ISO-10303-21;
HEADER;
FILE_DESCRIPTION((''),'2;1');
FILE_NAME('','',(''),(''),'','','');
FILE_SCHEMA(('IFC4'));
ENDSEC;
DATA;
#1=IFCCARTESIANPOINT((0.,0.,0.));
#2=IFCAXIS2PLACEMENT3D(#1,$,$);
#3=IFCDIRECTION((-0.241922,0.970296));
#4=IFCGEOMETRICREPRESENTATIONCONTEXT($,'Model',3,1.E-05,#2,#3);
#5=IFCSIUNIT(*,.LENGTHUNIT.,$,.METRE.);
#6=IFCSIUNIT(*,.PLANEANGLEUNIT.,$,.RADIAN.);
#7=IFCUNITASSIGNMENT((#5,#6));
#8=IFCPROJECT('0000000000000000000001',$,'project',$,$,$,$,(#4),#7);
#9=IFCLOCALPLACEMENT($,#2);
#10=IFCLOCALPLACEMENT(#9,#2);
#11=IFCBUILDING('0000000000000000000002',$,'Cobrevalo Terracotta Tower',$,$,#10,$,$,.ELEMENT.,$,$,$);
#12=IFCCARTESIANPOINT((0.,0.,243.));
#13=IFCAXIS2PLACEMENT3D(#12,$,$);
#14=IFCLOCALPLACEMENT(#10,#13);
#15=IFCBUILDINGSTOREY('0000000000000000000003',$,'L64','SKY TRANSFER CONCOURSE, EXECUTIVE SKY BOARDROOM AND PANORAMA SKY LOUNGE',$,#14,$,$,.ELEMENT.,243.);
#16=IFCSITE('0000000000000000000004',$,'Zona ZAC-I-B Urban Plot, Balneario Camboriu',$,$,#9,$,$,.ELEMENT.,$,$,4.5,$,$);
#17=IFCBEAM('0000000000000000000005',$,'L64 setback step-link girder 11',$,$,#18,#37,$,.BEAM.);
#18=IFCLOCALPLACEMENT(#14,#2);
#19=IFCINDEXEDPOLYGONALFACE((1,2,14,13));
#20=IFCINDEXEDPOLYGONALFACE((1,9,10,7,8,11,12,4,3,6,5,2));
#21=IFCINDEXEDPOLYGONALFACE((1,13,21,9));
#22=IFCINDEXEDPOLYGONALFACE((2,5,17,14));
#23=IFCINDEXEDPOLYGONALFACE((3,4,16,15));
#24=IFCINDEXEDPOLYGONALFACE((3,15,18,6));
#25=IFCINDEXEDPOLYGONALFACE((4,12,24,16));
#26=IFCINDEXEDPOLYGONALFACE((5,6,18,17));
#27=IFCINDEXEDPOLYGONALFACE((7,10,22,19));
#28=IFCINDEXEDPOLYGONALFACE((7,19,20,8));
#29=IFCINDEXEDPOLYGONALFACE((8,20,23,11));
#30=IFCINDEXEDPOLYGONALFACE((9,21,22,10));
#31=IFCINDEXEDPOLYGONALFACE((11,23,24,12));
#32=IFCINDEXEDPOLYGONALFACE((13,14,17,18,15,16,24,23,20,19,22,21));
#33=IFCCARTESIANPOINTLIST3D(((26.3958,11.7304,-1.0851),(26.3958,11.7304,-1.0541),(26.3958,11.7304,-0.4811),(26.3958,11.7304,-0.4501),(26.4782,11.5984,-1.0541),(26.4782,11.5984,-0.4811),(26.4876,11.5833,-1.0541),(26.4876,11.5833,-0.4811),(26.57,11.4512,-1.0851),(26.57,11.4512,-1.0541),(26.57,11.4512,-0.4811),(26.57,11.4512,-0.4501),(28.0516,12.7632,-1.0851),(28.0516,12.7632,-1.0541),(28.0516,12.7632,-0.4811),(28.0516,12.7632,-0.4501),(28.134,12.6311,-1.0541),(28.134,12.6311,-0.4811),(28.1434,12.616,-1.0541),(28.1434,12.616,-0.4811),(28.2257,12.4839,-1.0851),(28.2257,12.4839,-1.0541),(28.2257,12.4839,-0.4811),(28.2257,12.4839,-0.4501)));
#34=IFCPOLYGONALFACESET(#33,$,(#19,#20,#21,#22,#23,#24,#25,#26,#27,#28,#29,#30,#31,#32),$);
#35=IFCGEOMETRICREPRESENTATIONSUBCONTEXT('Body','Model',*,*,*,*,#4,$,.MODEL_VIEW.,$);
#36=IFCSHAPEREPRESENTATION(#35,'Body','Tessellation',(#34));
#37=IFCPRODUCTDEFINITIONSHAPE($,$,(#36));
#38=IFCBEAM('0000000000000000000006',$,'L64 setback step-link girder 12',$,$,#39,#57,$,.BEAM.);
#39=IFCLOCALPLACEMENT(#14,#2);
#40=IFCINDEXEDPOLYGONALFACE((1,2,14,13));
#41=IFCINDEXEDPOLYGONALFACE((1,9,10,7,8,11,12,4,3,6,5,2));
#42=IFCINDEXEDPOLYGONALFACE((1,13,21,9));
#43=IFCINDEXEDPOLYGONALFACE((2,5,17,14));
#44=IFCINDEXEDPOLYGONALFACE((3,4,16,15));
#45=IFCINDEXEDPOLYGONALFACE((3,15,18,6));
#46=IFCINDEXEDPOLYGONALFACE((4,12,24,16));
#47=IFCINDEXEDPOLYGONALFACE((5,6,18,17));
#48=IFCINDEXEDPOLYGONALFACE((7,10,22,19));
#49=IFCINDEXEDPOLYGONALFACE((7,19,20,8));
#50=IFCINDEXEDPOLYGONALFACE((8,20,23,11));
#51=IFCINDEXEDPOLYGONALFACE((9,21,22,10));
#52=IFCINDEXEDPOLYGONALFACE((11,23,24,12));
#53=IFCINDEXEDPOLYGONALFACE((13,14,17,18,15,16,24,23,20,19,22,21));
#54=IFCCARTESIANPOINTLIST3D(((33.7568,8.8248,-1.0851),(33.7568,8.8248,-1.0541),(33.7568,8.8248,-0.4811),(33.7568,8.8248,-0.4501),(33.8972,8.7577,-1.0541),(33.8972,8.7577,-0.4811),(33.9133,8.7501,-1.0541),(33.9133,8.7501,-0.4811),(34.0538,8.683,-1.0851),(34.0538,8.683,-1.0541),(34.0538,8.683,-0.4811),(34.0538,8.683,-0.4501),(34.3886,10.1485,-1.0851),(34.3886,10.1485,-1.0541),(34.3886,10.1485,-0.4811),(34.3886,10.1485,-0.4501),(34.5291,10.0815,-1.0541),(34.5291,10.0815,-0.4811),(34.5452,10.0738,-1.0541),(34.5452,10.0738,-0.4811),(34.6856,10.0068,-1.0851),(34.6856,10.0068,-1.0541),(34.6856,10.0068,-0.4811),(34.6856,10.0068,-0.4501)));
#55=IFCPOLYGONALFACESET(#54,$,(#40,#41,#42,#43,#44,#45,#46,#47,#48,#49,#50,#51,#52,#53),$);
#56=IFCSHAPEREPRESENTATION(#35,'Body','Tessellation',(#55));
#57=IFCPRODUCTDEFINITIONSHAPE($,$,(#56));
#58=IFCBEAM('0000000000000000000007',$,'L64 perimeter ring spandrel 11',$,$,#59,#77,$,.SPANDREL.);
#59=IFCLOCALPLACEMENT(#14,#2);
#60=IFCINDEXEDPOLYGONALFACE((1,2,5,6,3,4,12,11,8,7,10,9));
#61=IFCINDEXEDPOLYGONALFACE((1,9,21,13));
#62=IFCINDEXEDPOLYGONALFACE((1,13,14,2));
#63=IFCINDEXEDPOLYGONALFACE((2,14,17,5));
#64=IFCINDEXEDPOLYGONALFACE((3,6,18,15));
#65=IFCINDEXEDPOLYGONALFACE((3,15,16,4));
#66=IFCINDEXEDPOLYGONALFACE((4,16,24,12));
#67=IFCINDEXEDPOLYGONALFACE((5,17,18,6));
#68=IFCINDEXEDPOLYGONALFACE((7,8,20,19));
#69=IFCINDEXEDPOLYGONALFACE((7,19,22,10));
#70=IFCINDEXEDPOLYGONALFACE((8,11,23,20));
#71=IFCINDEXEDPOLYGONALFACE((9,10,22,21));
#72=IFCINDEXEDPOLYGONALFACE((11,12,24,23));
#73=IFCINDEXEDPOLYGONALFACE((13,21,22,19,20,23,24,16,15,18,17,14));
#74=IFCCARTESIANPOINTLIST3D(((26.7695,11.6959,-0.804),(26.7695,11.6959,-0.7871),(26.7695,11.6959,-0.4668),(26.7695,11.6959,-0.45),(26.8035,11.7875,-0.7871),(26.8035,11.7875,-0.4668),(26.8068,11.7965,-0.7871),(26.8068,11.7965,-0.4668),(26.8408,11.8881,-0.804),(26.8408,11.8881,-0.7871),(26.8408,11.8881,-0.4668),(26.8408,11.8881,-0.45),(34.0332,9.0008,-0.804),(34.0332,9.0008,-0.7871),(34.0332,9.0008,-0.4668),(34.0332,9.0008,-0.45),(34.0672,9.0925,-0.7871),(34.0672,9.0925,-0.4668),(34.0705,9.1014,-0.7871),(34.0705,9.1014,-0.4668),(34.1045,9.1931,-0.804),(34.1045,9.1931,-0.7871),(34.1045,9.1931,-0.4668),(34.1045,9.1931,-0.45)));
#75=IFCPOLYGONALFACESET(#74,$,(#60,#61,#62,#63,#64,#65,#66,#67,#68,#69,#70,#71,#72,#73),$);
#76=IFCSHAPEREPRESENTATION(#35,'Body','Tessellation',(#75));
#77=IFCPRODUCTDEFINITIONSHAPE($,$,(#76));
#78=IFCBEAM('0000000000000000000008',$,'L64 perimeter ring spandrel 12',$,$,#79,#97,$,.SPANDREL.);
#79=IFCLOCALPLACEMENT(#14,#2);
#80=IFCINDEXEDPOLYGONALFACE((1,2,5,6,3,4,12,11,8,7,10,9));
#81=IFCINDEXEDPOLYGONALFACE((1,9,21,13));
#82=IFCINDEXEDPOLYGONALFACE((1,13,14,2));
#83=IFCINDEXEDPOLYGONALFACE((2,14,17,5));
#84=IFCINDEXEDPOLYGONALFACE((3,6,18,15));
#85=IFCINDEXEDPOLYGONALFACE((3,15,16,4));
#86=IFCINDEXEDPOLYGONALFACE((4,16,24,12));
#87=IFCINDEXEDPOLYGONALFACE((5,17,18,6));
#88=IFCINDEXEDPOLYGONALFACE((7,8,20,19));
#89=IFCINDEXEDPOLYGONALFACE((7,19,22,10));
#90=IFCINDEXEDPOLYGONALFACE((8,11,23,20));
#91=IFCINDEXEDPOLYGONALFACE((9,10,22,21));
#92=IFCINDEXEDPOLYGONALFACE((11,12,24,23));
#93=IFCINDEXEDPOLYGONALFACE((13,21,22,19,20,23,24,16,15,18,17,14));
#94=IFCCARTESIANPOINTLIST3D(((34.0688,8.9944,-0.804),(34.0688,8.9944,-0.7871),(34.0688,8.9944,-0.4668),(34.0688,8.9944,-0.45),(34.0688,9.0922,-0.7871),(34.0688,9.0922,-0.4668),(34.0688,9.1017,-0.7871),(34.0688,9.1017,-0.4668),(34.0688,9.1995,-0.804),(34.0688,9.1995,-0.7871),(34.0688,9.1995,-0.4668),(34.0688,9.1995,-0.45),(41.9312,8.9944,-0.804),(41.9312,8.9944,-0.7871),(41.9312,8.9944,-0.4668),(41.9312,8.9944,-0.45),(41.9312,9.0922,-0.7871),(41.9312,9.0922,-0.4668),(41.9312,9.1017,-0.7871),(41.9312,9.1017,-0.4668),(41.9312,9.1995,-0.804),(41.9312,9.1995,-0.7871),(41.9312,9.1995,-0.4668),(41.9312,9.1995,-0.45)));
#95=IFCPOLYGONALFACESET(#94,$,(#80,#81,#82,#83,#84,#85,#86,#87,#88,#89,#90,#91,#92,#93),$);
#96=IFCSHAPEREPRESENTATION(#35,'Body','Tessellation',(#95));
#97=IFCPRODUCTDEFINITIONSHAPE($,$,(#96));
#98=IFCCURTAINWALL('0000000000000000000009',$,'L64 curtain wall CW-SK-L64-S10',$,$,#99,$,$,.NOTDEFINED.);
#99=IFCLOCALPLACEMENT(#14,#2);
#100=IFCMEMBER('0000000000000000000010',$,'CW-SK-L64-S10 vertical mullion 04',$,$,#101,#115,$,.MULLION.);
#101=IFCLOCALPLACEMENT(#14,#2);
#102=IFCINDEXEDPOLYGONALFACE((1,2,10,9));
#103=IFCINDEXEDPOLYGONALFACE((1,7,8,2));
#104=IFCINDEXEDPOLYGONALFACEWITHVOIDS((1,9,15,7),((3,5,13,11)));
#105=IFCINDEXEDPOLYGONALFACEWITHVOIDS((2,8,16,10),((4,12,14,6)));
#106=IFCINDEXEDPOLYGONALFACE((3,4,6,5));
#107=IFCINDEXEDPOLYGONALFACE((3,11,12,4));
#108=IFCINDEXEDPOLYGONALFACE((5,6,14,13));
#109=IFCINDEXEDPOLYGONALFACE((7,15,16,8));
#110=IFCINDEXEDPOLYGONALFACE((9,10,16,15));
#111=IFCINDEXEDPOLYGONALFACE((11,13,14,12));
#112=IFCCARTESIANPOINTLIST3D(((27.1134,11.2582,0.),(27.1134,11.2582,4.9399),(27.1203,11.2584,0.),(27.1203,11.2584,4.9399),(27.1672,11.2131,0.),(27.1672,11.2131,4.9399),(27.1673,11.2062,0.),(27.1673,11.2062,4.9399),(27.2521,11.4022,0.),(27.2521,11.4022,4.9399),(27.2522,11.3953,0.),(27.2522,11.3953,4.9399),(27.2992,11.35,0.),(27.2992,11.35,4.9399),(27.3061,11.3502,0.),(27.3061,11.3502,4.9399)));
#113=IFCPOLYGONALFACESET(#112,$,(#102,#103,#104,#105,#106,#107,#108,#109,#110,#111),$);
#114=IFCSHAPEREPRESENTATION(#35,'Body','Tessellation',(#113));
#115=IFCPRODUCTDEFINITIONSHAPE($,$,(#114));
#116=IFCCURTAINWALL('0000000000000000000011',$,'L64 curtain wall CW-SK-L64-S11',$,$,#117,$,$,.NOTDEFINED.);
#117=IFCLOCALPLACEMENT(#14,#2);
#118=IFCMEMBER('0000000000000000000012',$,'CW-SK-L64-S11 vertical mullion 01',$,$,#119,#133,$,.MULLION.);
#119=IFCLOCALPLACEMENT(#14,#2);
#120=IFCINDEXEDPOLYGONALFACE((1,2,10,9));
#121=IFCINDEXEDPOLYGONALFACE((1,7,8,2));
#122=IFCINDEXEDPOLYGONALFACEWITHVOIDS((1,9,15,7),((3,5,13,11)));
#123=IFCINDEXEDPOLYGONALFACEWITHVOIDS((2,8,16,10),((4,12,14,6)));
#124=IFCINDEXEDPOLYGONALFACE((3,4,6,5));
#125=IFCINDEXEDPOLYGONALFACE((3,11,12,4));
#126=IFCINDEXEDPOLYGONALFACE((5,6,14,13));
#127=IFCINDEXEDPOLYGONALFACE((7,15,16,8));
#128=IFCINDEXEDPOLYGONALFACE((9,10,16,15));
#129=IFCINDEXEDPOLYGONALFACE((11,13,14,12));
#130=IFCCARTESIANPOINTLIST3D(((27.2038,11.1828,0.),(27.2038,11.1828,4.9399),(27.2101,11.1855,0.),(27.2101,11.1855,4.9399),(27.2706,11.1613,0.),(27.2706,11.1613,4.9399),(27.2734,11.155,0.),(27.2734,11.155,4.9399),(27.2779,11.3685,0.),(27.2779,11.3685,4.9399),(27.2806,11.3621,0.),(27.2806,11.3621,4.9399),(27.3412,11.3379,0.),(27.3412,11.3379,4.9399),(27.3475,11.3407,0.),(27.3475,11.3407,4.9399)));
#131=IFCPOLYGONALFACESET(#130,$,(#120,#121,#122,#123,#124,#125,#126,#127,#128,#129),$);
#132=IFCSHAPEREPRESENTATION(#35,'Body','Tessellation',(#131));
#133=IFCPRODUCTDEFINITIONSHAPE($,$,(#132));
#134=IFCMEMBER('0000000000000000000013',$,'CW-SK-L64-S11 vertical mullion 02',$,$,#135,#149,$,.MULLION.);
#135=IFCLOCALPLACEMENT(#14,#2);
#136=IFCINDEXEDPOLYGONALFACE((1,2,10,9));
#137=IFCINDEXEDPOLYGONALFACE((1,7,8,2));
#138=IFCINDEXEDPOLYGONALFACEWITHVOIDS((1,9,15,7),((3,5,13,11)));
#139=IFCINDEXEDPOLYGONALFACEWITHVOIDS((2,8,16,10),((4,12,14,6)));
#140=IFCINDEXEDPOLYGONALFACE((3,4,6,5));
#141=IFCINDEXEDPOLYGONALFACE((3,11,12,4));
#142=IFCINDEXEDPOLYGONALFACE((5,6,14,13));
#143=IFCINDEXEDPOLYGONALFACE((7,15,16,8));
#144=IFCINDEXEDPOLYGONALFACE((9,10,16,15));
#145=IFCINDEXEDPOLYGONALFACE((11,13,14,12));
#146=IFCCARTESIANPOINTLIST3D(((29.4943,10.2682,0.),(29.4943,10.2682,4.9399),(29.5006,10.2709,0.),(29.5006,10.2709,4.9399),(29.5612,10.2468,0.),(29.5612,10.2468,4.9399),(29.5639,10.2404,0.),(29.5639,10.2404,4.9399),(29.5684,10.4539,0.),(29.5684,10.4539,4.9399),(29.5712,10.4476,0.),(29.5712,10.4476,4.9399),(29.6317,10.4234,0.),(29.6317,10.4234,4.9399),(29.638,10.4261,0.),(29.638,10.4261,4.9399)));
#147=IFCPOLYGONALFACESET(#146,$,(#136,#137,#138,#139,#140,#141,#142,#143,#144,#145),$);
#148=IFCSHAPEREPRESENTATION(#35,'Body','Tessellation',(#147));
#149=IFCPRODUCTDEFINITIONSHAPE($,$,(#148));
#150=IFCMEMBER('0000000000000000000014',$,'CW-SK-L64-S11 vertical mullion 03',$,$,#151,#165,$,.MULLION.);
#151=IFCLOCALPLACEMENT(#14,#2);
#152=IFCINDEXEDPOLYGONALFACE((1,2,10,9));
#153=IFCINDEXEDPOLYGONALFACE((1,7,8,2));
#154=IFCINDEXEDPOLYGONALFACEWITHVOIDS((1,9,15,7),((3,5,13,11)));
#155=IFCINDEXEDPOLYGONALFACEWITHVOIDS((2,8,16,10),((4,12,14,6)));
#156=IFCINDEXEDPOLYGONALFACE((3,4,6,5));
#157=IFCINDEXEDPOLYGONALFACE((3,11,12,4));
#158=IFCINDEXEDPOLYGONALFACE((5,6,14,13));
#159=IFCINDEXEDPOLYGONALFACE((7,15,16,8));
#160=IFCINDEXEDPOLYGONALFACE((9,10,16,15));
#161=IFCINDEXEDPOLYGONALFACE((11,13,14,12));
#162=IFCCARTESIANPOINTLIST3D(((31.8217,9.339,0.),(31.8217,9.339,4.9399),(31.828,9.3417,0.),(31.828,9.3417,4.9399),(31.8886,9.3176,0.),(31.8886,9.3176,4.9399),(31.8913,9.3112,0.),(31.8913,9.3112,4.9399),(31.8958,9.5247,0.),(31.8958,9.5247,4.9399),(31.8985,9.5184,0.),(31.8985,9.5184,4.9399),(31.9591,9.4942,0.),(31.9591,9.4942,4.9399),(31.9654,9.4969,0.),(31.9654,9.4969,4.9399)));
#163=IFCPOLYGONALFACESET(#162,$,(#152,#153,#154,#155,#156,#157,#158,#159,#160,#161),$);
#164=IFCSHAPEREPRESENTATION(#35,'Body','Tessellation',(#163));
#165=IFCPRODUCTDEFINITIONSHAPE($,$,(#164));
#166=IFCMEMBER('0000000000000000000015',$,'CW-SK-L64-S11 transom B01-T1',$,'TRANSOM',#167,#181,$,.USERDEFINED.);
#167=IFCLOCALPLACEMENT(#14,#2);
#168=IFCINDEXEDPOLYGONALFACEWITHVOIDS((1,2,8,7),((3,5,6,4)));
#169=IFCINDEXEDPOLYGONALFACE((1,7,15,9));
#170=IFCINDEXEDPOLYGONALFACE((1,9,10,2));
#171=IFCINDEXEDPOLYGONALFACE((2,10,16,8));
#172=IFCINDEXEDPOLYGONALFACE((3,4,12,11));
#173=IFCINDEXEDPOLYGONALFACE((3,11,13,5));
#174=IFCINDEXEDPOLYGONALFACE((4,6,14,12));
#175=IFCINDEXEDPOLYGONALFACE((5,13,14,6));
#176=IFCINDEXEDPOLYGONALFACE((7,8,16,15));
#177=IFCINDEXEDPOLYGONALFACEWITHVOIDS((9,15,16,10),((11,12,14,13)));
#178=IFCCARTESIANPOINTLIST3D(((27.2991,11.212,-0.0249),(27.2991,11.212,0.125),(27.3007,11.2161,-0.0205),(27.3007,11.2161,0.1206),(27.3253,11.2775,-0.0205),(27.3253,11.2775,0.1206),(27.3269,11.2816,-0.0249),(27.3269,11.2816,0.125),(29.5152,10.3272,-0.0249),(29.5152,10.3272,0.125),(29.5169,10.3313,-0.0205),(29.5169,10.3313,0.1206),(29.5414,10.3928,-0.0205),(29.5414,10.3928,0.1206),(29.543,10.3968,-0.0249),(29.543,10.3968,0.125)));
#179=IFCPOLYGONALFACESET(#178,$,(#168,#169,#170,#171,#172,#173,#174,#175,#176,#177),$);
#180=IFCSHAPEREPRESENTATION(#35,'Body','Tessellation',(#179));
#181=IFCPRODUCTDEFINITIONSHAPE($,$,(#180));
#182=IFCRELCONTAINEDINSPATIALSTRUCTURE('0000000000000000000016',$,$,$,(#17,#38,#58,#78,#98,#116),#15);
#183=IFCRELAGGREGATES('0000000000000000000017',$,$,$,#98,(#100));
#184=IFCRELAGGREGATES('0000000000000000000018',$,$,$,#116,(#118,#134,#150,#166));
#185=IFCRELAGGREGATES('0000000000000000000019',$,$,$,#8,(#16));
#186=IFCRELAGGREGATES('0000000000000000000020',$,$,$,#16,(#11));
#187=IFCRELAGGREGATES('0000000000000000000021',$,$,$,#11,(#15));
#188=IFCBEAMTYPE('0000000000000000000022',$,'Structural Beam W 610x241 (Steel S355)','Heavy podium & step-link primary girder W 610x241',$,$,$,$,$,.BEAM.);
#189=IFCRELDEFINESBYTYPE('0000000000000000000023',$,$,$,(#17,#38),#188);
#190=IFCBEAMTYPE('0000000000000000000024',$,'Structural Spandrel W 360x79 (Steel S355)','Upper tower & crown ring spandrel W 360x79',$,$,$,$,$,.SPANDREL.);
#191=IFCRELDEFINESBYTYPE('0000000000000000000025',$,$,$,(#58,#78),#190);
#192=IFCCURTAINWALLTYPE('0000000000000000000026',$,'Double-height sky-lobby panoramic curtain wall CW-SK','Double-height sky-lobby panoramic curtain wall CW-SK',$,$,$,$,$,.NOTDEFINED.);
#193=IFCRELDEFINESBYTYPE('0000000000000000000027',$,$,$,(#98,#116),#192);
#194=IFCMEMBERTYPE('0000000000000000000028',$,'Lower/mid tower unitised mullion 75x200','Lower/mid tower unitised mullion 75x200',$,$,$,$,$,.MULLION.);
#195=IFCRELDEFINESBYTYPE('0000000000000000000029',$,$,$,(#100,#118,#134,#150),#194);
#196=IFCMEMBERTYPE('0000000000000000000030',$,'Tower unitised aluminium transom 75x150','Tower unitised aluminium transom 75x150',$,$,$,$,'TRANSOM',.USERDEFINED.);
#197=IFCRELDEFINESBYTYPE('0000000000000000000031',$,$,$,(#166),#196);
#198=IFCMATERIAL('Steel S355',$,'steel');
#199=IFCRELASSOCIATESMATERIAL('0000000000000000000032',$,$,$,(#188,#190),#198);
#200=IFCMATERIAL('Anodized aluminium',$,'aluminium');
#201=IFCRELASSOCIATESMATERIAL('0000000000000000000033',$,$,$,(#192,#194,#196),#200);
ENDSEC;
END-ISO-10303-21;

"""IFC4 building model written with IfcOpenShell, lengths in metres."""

from ifc_helpers import new_model, si_unit, direction, frame, origin, origin_2d, place, context, subcontext, project, spatial, hollow_rectangle, i_section, extrude, source, transform, mapped, material, material_profile, profile_set, type_object, element, aggregate, save


model = new_model("IFC4")

# Units and contexts
model_context = context("Model", 3, precision=1e-05, world=origin(), true_north=direction((-0.241922, 0.970296)))
body_context = subcontext(model_context, "Body", "Model", "MODEL_VIEW")
ifc_project = project(units=[si_unit("LENGTHUNIT", "METRE"), si_unit("PLANEANGLEUNIT", "RADIAN")], contexts=[model_context])

# Site, building, storey
site_placement = place(None, origin())
site = spatial("IfcSite", under=ifc_project, at=site_placement, Name="Zona ZAC-I-B Urban Plot, Balneario Camboriu", CompositionType="ELEMENT", RefElevation=4.5)
building_placement = place(site_placement, origin())
building = spatial("IfcBuilding", under=site, at=building_placement, Name="Cobrevalo Terracotta Tower", CompositionType="ELEMENT")
storey_placement = place(building_placement, frame((0.0, 0.0, 243.0)))
storey = spatial("IfcBuildingStorey", under=building, at=storey_placement, Name="L64", Description="SKY TRANSFER CONCOURSE, EXECUTIVE SKY BOARDROOM AND PANORAMA SKY LOUNGE", CompositionType="ELEMENT", Elevation=243.0)

# Beams
ifc_material_1 = material(Name="Steel S355", Category="steel")
ifc_material_profile_1 = material_profile(ifc_material_1, i_section(OverallWidth=0.3291, OverallDepth=0.635, WebThickness=0.0178, FlangeThickness=0.031, at=origin_2d()), Name="W 610x241")
ifc_profile_set_1 = profile_set([ifc_material_profile_1], Name="Steel S355")
beam_type_1 = type_object("IfcBeamType", Name="Structural Beam W 610x241 (Steel S355)", Description="Heavy podium & step-link primary girder W 610x241", PredefinedType="BEAM", material=ifc_profile_set_1)
beam_1_placement = place(storey_placement, frame((26.4829, 11.5908, -0.7676), z_axis=(0.84849, 0.529212, 0.0), x_axis=(-0.529212, 0.84849, 0.0)))
element("IfcBeam", 1, at=beam_1_placement, inside=storey, type_object=beam_type_1, Name="L64 setback step-link girder 11", PredefinedType="BEAM", context=body_context, shape_type="SweptSolid", body=[
    extrude(i_section(OverallWidth=0.3291, OverallDepth=0.635, WebThickness=0.0178, FlangeThickness=0.031, at=origin_2d()), origin(), (0.0, 0.0, 1.0), 1.9514),
])
beam_2_placement = place(storey_placement, frame((33.9053, 8.7539, -0.7676), z_axis=(0.43076, 0.902466, 0.0), x_axis=(-0.902466, 0.43076, 0.0)))
element("IfcBeam", 2, at=beam_2_placement, inside=storey, type_object=beam_type_1, Name="L64 setback step-link girder 12", PredefinedType="BEAM", context=body_context, shape_type="SweptSolid", body=[
    extrude(i_section(OverallWidth=0.3291, OverallDepth=0.635, WebThickness=0.0178, FlangeThickness=0.031, at=origin_2d()), origin(), (0.0, 0.0, 1.0), 1.4668),
])
ifc_material_profile_2 = material_profile(ifc_material_1, i_section(OverallWidth=0.2051, OverallDepth=0.354, WebThickness=0.0095, FlangeThickness=0.0168, at=origin_2d()), Name="W 360x79")
ifc_profile_set_2 = profile_set([ifc_material_profile_2], Name="Steel S355")
beam_type_2 = type_object("IfcBeamType", Name="Structural Spandrel W 360x79 (Steel S355)", Description="Upper tower & crown ring spandrel W 360x79", PredefinedType="SPANDREL", material=ifc_profile_set_2)
beam_3_placement = place(storey_placement, frame((26.8052, 11.792, -0.627), z_axis=(0.937546, -0.347861, 0.0), x_axis=(0.347861, 0.937546, 0.0)))
element("IfcBeam", 3, at=beam_3_placement, inside=storey, type_object=beam_type_2, Name="L64 perimeter ring spandrel 11", PredefinedType="SPANDREL", context=body_context, shape_type="SweptSolid", body=[
    extrude(i_section(OverallWidth=0.2051, OverallDepth=0.354, WebThickness=0.0095, FlangeThickness=0.0168, at=origin_2d()), origin(), (0.0, 0.0, 1.0), 7.7476),
])
beam_4_placement = place(storey_placement, frame((34.0688, 9.0969, -0.627), z_axis=(1.0, 0.0, 0.0), x_axis=(0.0, 1.0, 0.0)))
element("IfcBeam", 4, at=beam_4_placement, inside=storey, type_object=beam_type_2, Name="L64 perimeter ring spandrel 12", PredefinedType="SPANDREL", context=body_context, shape_type="SweptSolid", body=[
    extrude(i_section(OverallWidth=0.2051, OverallDepth=0.354, WebThickness=0.0095, FlangeThickness=0.0168, at=origin_2d()), origin(), (0.0, 0.0, 1.0), 7.8623),
])

# Curtain wall, member
ifc_material_2 = material(Name="Anodized aluminium", Category="aluminium")
curtain_wall_type = type_object("IfcCurtainWallType", Name="Double-height sky-lobby panoramic curtain wall CW-SK", Description="Double-height sky-lobby panoramic curtain wall CW-SK", PredefinedType="NOTDEFINED", material=ifc_material_2)
curtain_wall_1_placement = place(storey_placement, origin())
curtain_wall_1 = element("IfcCurtainWall", 5, at=curtain_wall_1_placement, inside=storey, type_object=curtain_wall_type, Name="L64 curtain wall CW-SK-L64-S10", PredefinedType="NOTDEFINED")
ifc_material_profile_3 = material_profile(ifc_material_2, hollow_rectangle(XDim=0.075, YDim=0.2, WallThickness=0.0049, at=origin_2d()), Name="CWM 75x200")
ifc_profile_set_3 = profile_set([ifc_material_profile_3], Name="Anodized aluminium")
member_type_1 = type_object("IfcMemberType", Name="Lower/mid tower unitised mullion 75x200", Description="Lower/mid tower unitised mullion 75x200", PredefinedType="MULLION", material=ifc_profile_set_3)
shared_shape_1 = source(origin(), body_context, "Body", "SweptSolid", [
    extrude(hollow_rectangle(XDim=0.075, YDim=0.2, WallThickness=0.0049, at=origin_2d()), origin(), (0.0, 0.0, 1.0), 4.9399),
])
member_1_placement = place(storey_placement, frame((27.2097, 11.3042, 0.0), z_axis=(0.0, 0.0, 1.0), x_axis=(0.719994, -0.69398, 0.0)))
member_1 = element("IfcMember", 6, at=member_1_placement, type_object=member_type_1, Name="CW-SK-L64-S10 vertical mullion 04", PredefinedType="MULLION", context=body_context, shape_type="MappedRepresentation", body=[
    mapped(shared_shape_1, transform((0.0, 0.0, 0.0), scale=1.0)),
])
aggregate(curtain_wall_1, [member_1])

# Curtain wall, members
curtain_wall_2_placement = place(storey_placement, origin())
curtain_wall_2 = element("IfcCurtainWall", 7, at=curtain_wall_2_placement, inside=storey, type_object=curtain_wall_type, Name="L64 curtain wall CW-SK-L64-S11", PredefinedType="NOTDEFINED")
member_2_placement = place(storey_placement, frame((27.2756, 11.2617, 0.0), z_axis=(0.0, 0.0, 1.0), x_axis=(0.928719, -0.370784, 0.0)))
member_2 = element("IfcMember", 8, at=member_2_placement, type_object=member_type_1, Name="CW-SK-L64-S11 vertical mullion 01", PredefinedType="MULLION", context=body_context, shape_type="MappedRepresentation", body=[
    mapped(shared_shape_1, transform((0.0, 0.0, 0.0), scale=1.0)),
])
member_3_placement = place(storey_placement, frame((29.5662, 10.3472, 0.0), z_axis=(0.0, 0.0, 1.0), x_axis=(0.928719, -0.370784, 0.0)))
member_3 = element("IfcMember", 9, at=member_3_placement, type_object=member_type_1, Name="CW-SK-L64-S11 vertical mullion 02", PredefinedType="MULLION", context=body_context, shape_type="MappedRepresentation", body=[
    mapped(shared_shape_1, transform((0.0, 0.0, 0.0), scale=1.0)),
])
member_4_placement = place(storey_placement, frame((31.8936, 9.418, 0.0), z_axis=(0.0, 0.0, 1.0), x_axis=(0.928719, -0.370784, 0.0)))
member_4 = element("IfcMember", 10, at=member_4_placement, type_object=member_type_1, Name="CW-SK-L64-S11 vertical mullion 03", PredefinedType="MULLION", context=body_context, shape_type="MappedRepresentation", body=[
    mapped(shared_shape_1, transform((0.0, 0.0, 0.0), scale=1.0)),
])
ifc_material_profile_4 = material_profile(ifc_material_2, hollow_rectangle(XDim=0.075, YDim=0.1499, WallThickness=0.0044, at=origin_2d()), Name="CWT 75x150")
ifc_profile_set_4 = profile_set([ifc_material_profile_4], Name="Anodized aluminium")
member_type_2 = type_object("IfcMemberType", Name="Tower unitised aluminium transom 75x150", Description="Tower unitised aluminium transom 75x150", ElementType="TRANSOM", PredefinedType="USERDEFINED", material=ifc_profile_set_4)
shared_shape_2 = source(origin(), body_context, "Body", "SweptSolid", [
    extrude(hollow_rectangle(XDim=0.075, YDim=0.1499, WallThickness=0.0044, at=origin_2d()), origin(), (0.0, 0.0, 1.0), 2.3862),
])
member_5_placement = place(storey_placement, frame((27.313, 11.2468, 0.05), z_axis=(0.928716, -0.370791, 0.0), x_axis=(0.370791, 0.928716, 0.0)))
member_5 = element("IfcMember", 11, at=member_5_placement, type_object=member_type_2, Name="CW-SK-L64-S11 transom B01-T1", ObjectType="TRANSOM", PredefinedType="USERDEFINED", context=body_context, shape_type="MappedRepresentation", body=[
    mapped(shared_shape_2, transform((0.0, 0.0, 0.0), scale=1.0)),
])
aggregate(curtain_wall_2, [member_2, member_3, member_4, member_5])

save(model, "model.ifc")
